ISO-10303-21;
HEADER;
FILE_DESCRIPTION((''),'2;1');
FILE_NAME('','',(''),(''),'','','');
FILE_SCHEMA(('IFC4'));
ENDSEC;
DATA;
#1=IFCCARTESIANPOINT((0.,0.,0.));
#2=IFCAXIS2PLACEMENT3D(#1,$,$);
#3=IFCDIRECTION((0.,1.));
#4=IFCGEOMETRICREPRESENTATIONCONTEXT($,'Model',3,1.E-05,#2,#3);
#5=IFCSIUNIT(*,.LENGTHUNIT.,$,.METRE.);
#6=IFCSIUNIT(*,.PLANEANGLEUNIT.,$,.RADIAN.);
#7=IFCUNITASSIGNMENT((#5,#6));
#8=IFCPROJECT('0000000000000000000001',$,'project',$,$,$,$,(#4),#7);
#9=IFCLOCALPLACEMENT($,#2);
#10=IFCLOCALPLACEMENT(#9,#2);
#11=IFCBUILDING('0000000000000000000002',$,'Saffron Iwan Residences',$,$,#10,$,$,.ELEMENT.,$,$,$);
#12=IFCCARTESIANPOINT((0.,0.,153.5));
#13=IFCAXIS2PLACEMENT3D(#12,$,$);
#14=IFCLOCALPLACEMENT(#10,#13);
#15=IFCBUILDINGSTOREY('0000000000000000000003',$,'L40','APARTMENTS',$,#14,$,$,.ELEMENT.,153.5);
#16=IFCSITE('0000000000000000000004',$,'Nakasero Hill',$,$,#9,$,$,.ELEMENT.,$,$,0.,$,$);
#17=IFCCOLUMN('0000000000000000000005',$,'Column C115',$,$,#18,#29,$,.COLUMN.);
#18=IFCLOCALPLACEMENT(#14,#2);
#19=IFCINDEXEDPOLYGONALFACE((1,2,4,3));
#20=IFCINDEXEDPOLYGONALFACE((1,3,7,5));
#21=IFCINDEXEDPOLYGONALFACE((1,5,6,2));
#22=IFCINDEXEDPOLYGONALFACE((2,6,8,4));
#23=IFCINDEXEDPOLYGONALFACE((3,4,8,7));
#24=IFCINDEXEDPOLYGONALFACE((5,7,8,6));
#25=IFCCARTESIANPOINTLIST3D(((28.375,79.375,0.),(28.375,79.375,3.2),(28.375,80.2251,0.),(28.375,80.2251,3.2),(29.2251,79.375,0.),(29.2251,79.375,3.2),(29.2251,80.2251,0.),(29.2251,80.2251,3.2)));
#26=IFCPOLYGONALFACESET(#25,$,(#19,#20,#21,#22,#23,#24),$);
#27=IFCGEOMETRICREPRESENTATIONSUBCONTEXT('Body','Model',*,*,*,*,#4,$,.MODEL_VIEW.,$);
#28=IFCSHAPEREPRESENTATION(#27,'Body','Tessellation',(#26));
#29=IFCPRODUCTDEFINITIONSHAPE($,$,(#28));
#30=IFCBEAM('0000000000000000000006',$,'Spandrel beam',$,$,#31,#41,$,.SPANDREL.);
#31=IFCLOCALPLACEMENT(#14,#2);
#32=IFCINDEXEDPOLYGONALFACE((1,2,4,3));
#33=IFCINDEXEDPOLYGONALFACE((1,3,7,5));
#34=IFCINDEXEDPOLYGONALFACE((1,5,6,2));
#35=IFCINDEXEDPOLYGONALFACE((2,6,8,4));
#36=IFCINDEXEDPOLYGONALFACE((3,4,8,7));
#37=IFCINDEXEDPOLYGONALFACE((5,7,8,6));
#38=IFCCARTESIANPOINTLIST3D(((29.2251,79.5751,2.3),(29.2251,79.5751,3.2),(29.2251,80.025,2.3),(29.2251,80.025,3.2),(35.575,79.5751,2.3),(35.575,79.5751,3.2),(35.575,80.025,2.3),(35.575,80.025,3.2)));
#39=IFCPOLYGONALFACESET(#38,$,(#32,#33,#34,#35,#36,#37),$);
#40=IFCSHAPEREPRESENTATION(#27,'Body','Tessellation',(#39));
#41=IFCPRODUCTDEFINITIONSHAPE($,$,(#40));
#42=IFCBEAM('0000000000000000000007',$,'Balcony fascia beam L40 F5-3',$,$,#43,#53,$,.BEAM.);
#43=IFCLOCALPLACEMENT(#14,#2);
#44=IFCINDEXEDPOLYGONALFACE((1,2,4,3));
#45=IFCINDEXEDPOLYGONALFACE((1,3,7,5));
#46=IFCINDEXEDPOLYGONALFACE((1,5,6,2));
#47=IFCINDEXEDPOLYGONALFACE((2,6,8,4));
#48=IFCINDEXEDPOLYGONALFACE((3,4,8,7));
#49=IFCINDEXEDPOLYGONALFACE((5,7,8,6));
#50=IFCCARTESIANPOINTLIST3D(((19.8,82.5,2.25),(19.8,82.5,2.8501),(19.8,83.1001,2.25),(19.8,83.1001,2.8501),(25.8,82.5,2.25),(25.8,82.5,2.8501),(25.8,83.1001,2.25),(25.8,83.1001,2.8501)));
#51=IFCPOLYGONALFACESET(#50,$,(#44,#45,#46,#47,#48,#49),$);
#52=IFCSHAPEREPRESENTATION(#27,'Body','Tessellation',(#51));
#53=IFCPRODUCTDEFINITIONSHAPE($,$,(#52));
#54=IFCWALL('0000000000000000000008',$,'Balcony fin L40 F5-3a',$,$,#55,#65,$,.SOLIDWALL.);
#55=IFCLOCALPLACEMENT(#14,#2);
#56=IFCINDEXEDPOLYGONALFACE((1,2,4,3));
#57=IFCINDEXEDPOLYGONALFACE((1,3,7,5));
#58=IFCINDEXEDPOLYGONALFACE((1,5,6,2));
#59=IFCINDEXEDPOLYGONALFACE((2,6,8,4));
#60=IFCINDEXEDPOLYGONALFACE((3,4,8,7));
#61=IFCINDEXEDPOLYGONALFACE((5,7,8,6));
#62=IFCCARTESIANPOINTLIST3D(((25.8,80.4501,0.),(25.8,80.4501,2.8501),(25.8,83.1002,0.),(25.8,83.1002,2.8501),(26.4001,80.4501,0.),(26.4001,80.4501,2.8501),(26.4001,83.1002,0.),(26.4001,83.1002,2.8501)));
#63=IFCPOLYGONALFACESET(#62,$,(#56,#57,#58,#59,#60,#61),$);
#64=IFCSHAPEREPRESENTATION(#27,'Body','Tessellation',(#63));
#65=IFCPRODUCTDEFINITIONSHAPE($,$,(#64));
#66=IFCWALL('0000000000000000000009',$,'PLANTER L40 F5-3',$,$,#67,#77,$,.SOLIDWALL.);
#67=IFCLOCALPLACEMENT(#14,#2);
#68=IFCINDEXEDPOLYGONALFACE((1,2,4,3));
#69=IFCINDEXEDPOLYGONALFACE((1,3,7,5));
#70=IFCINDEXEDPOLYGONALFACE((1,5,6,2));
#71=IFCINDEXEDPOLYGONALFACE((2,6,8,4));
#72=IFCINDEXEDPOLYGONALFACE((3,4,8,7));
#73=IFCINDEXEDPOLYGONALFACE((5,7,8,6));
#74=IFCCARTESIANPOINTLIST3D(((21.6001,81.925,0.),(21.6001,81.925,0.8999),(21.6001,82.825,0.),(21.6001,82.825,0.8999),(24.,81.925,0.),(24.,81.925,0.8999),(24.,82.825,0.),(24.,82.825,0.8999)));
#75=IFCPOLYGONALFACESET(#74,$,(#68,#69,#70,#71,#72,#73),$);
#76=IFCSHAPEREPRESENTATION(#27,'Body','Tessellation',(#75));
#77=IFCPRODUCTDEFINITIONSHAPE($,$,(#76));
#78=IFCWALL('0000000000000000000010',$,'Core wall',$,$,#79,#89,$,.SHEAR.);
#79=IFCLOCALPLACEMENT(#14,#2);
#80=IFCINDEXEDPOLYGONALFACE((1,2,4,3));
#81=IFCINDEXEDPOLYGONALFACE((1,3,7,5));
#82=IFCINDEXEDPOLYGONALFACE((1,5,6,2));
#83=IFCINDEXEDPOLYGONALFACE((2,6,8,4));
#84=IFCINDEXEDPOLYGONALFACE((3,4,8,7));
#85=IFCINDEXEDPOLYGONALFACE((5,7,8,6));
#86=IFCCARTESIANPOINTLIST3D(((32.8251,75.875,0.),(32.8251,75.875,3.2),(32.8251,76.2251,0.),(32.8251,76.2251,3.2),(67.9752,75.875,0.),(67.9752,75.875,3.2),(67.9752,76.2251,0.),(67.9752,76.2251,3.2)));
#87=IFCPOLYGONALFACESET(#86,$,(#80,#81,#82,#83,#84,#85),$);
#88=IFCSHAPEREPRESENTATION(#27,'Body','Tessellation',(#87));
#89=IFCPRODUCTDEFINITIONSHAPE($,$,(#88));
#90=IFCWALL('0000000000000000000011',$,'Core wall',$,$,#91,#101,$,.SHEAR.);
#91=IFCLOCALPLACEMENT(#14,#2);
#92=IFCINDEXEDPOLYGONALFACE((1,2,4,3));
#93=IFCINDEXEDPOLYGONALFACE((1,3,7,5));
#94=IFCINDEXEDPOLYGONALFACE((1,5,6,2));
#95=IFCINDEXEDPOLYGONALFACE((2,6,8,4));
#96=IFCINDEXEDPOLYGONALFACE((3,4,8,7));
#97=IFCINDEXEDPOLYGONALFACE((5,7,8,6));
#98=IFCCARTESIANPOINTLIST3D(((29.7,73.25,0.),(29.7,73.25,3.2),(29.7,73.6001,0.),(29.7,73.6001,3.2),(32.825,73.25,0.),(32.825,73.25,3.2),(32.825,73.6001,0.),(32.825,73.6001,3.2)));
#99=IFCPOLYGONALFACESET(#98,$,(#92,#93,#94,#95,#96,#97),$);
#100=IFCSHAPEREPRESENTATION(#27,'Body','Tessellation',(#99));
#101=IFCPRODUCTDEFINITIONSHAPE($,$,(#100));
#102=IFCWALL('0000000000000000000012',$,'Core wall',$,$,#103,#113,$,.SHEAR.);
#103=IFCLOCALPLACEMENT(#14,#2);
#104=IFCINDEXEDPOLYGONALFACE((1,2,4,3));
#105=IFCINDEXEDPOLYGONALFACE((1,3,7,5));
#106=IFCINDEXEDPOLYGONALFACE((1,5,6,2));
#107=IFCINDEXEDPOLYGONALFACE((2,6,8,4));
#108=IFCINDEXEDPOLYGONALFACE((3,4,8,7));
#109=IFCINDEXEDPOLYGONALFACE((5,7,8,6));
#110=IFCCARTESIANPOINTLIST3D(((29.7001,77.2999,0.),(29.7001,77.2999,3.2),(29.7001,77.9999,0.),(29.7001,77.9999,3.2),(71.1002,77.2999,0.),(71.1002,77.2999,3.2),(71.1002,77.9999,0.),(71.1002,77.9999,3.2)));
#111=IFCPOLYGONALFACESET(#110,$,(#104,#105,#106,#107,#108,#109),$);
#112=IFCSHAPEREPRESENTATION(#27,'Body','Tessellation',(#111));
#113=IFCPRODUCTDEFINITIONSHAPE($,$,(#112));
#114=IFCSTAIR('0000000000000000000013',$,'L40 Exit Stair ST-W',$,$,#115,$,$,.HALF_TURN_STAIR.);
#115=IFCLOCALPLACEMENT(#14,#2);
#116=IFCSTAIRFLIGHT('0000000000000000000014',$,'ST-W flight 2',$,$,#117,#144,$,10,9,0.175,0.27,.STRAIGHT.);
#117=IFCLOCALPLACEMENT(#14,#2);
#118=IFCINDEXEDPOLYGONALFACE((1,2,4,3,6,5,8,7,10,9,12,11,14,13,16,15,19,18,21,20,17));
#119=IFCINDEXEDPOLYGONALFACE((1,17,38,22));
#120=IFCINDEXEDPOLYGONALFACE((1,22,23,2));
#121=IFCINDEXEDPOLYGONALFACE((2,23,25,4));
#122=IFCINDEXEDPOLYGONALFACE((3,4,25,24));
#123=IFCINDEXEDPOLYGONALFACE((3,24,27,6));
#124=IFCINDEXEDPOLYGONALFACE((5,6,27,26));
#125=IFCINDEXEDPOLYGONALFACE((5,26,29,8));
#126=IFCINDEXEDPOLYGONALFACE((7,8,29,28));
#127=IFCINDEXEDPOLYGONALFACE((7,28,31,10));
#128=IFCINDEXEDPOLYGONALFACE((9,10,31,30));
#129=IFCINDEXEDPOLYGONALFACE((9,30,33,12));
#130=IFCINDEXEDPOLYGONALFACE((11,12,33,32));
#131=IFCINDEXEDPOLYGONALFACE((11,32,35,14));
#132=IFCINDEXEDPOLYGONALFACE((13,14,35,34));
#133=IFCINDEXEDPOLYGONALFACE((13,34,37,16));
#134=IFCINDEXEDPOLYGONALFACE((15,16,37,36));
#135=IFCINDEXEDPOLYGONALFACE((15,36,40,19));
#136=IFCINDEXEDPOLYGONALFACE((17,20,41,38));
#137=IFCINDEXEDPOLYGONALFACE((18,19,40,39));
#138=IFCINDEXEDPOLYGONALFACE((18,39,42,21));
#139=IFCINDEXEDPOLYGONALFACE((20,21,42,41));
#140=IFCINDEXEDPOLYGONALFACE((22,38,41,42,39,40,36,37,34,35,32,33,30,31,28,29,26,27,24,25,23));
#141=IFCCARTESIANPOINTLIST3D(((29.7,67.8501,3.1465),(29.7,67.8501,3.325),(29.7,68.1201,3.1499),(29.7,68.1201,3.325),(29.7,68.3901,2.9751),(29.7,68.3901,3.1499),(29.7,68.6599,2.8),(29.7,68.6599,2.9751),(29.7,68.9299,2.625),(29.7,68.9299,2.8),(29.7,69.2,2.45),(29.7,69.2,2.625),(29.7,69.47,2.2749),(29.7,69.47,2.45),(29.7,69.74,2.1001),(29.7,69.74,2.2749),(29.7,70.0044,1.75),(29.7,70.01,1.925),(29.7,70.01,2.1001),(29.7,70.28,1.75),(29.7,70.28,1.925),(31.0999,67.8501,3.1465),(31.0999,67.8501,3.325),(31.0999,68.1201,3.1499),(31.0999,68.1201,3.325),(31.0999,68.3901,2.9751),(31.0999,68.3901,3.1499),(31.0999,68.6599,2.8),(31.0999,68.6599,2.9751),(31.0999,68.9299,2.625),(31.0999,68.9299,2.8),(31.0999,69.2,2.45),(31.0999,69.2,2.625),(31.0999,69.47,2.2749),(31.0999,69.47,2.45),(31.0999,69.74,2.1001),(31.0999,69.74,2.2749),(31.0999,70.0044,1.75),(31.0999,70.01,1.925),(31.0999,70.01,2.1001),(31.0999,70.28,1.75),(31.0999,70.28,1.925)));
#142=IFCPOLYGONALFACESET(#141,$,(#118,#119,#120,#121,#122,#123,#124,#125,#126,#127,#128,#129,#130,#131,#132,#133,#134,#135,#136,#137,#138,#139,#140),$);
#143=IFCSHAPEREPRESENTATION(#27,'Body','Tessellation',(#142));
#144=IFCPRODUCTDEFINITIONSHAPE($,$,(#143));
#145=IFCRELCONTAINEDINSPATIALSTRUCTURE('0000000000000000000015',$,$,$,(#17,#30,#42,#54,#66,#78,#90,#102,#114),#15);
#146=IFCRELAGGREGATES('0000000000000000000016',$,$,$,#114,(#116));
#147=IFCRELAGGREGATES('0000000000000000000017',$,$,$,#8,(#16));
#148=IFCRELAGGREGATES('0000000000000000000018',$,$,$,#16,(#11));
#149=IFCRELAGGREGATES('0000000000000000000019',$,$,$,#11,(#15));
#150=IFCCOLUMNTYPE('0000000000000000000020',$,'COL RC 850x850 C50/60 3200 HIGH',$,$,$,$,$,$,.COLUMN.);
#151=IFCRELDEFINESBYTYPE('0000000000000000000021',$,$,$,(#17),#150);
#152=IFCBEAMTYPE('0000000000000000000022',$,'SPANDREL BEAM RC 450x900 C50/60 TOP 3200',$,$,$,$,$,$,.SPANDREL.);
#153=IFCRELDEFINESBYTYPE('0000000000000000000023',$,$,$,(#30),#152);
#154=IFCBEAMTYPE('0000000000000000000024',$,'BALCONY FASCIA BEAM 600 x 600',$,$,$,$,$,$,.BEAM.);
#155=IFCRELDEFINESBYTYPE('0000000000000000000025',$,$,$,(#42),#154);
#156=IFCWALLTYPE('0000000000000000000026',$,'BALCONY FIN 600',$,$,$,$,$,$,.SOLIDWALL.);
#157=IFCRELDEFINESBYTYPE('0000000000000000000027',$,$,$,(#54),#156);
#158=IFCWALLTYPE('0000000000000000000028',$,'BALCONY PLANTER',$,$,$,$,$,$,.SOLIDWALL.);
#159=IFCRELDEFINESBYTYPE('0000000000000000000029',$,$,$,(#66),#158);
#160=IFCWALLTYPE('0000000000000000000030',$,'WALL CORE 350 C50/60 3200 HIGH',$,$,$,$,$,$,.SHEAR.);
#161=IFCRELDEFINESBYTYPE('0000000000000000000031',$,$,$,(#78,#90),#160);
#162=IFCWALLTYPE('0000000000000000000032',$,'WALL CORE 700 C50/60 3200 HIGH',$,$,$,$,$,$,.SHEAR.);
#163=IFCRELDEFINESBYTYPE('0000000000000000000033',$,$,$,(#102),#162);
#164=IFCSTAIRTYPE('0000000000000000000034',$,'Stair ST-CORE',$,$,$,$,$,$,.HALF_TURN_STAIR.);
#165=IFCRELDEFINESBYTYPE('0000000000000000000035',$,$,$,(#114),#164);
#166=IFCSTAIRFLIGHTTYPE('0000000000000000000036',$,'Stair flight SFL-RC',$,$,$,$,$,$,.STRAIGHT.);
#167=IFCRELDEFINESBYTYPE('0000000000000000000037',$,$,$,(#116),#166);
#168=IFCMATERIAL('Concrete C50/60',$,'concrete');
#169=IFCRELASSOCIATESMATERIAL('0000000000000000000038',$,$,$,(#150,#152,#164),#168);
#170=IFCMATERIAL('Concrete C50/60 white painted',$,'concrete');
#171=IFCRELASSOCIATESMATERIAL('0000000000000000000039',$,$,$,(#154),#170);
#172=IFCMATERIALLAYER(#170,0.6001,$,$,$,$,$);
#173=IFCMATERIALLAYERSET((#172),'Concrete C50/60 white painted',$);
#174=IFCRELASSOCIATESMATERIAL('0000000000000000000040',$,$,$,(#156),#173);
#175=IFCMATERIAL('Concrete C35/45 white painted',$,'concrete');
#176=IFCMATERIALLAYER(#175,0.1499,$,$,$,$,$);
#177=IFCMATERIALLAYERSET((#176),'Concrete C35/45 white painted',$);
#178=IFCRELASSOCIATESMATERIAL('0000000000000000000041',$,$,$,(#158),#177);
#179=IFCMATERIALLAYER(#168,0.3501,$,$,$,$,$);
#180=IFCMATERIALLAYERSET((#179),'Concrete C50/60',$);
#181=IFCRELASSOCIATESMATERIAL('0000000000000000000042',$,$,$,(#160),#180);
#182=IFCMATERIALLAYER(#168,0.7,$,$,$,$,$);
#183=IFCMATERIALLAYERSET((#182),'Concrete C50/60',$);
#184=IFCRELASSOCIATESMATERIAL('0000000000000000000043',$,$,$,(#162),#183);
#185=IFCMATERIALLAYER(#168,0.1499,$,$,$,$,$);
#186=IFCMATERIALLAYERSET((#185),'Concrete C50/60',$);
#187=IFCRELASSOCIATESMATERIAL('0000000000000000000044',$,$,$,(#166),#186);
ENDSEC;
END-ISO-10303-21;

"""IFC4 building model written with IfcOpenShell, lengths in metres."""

from ifc_helpers import new_model, si_unit, direction, frame, frame_2d, origin, origin_2d, place, context, subcontext, project, spatial, polyline, rectangle, outline, extrude, source, transform, mapped, material, layer, layer_set, material_profile, profile_set, type_object, element, aggregate, save


model = new_model("IFC4")

# Units and contexts
model_context = context("Model", 3, precision=1e-05, world=origin(), true_north=direction((0.0, 1.0)))
body_context = subcontext(model_context, "Body", "Model", "MODEL_VIEW")
ifc_project = project(units=[si_unit("LENGTHUNIT", "METRE"), si_unit("PLANEANGLEUNIT", "RADIAN")], contexts=[model_context])

# Site, building, storey
site_placement = place(None, origin())
site = spatial("IfcSite", under=ifc_project, at=site_placement, Name="Nakasero Hill", CompositionType="ELEMENT", RefElevation=0.0)
building_placement = place(site_placement, origin())
building = spatial("IfcBuilding", under=site, at=building_placement, Name="Saffron Iwan Residences", CompositionType="ELEMENT")
storey_placement = place(building_placement, frame((0.0, 0.0, 153.5)))
storey = spatial("IfcBuildingStorey", under=building, at=storey_placement, Name="L40", Description="APARTMENTS", CompositionType="ELEMENT", Elevation=153.5)

# Column
ifc_material_1 = material(Name="Concrete C50/60", Category="concrete")
ifc_material_profile_1 = material_profile(ifc_material_1, rectangle(XDim=0.8501, YDim=0.8501, at=origin_2d()), Name="RC 850x850")
ifc_profile_set_1 = profile_set([ifc_material_profile_1], Name="Concrete C50/60")
column_type = type_object("IfcColumnType", Name="COL RC 850x850 C50/60 3200 HIGH", PredefinedType="COLUMN", material=ifc_profile_set_1)
shared_shape_1 = source(origin(), body_context, "Body", "SweptSolid", [
    extrude(rectangle(XDim=0.8501, YDim=0.8501, at=origin_2d()), origin(), (0.0, 0.0, 1.0), 3.2),
])
column_placement = place(storey_placement, frame((28.8, 79.8, 0.0), z_axis=(0.0, 0.0, 1.0), x_axis=(1.0, 0.0, 0.0)))
element("IfcColumn", 1, at=column_placement, inside=storey, type_object=column_type, Name="Column C115", PredefinedType="COLUMN", context=body_context, shape_type="MappedRepresentation", body=[
    mapped(shared_shape_1, transform((0.0, 0.0, 0.0))),
])

# Beams
ifc_material_profile_2 = material_profile(ifc_material_1, rectangle(XDim=0.45, YDim=0.8999, at=origin_2d()), Name="RC 450x900")
ifc_profile_set_2 = profile_set([ifc_material_profile_2], Name="Concrete C50/60")
beam_type_1 = type_object("IfcBeamType", Name="SPANDREL BEAM RC 450x900 C50/60 TOP 3200", PredefinedType="SPANDREL", material=ifc_profile_set_2)
shared_shape_2 = source(origin(), body_context, "Body", "SweptSolid", [
    extrude(rectangle(XDim=0.45, YDim=0.8999, at=origin_2d()), origin(), (0.0, 0.0, 1.0), 6.3499),
])
beam_1_placement = place(storey_placement, frame((29.2251, 79.8, 2.75), z_axis=(1.0, 0.0, 0.0), x_axis=(0.0, 1.0, 0.0)))
element("IfcBeam", 2, at=beam_1_placement, inside=storey, type_object=beam_type_1, Name="Spandrel beam", PredefinedType="SPANDREL", context=body_context, shape_type="MappedRepresentation", body=[
    mapped(shared_shape_2, transform((0.0, 0.0, 0.0))),
])
ifc_material_2 = material(Name="Concrete C50/60 white painted", Category="concrete")
ifc_material_profile_3 = material_profile(ifc_material_2, rectangle(XDim=0.6001, YDim=0.6001, at=origin_2d()), Name="BALCONY FASCIA BEAM 600 x 600")
ifc_profile_set_3 = profile_set([ifc_material_profile_3], Name="Concrete C50/60 white painted")
beam_type_2 = type_object("IfcBeamType", Name="BALCONY FASCIA BEAM 600 x 600", PredefinedType="BEAM", material=ifc_profile_set_3)
shared_shape_3 = source(origin(), body_context, "Body", "SweptSolid", [
    extrude(rectangle(XDim=0.6001, YDim=0.6001, at=origin_2d()), origin(), (0.0, 0.0, 1.0), 6.0),
])
beam_2_placement = place(storey_placement, frame((25.8, 82.8, 2.55), z_axis=(-1.0, 0.0, 0.0), x_axis=(0.0, -1.0, 0.0)))
element("IfcBeam", 3, at=beam_2_placement, inside=storey, type_object=beam_type_2, Name="Balcony fascia beam L40 F5-3", PredefinedType="BEAM", context=body_context, shape_type="MappedRepresentation", body=[
    mapped(shared_shape_3, transform((0.0, 0.0, 0.0))),
])

# Walls
ifc_layer_1 = layer(ifc_material_2, 0.6001)
ifc_layer_set_1 = layer_set([ifc_layer_1], Name="Concrete C50/60 white painted")
wall_type_1 = type_object("IfcWallType", Name="BALCONY FIN 600", PredefinedType="SOLIDWALL", material=ifc_layer_set_1)
wall_1_placement = place(storey_placement, frame((26.1001, 80.45, 0.0), z_axis=(0.0, 0.0, 1.0), x_axis=(0.0, 1.0, 0.0)))
element("IfcWall", 4, at=wall_1_placement, inside=storey, type_object=wall_type_1, Name="Balcony fin L40 F5-3a", PredefinedType="SOLIDWALL", context=body_context, shape_type="SweptSolid", body=[
    extrude(rectangle(XDim=2.6501, YDim=0.6001, at=frame_2d((1.3252, 0.0))), origin(), (0.0, 0.0, 1.0), 2.8501),
])
ifc_material_3 = material(Name="Concrete C35/45 white painted", Category="concrete")
ifc_layer_2 = layer(ifc_material_3, 0.1499)
ifc_layer_set_2 = layer_set([ifc_layer_2], Name="Concrete C35/45 white painted")
wall_type_2 = type_object("IfcWallType", Name="BALCONY PLANTER", PredefinedType="SOLIDWALL", material=ifc_layer_set_2)
wall_2_placement = place(storey_placement, frame((24.0, 82.375, 0.0), z_axis=(0.0, 0.0, 1.0), x_axis=(-1.0, 0.0, 0.0)))
element("IfcWall", 5, at=wall_2_placement, inside=storey, type_object=wall_type_2, Name="PLANTER L40 F5-3", PredefinedType="SOLIDWALL", context=body_context, shape_type="SweptSolid", body=[
    extrude(rectangle(XDim=2.3999, YDim=0.8999, at=frame_2d((1.2, 0.0))), origin(), (0.0, 0.0, 1.0), 0.8999),
])

# Shared definitions
ifc_layer_3 = layer(ifc_material_1, 0.3501)
ifc_layer_set_3 = layer_set([ifc_layer_3], Name="Concrete C50/60")
wall_type_3 = type_object("IfcWallType", Name="WALL CORE 350 C50/60 3200 HIGH", PredefinedType="SHEAR", material=ifc_layer_set_3)

# Walls
wall_3_placement = place(storey_placement, frame((32.825, 76.05, 0.0), z_axis=(0.0, 0.0, 1.0), x_axis=(1.0, 0.0, 0.0)))
element("IfcWall", 6, at=wall_3_placement, inside=storey, type_object=wall_type_3, Name="Core wall", PredefinedType="SHEAR", context=body_context, shape_type="SweptSolid", body=[
    extrude(rectangle(XDim=35.1501, YDim=0.3501, at=frame_2d((17.5752, 0.0))), origin(), (0.0, 0.0, 1.0), 3.2),
])
wall_4_placement = place(storey_placement, frame((29.7, 73.425, 0.0), z_axis=(0.0, 0.0, 1.0), x_axis=(1.0, 0.0, 0.0)))
element("IfcWall", 7, at=wall_4_placement, inside=storey, type_object=wall_type_3, Name="Core wall", PredefinedType="SHEAR", context=body_context, shape_type="SweptSolid", body=[
    extrude(rectangle(XDim=3.125, YDim=0.3501, at=frame_2d((1.5625, 0.0))), origin(), (0.0, 0.0, 1.0), 3.2),
])
ifc_layer_4 = layer(ifc_material_1, 0.7)
ifc_layer_set_4 = layer_set([ifc_layer_4], Name="Concrete C50/60")
wall_type_4 = type_object("IfcWallType", Name="WALL CORE 700 C50/60 3200 HIGH", PredefinedType="SHEAR", material=ifc_layer_set_4)
wall_5_placement = place(storey_placement, frame((29.7, 77.6499, 0.0), z_axis=(0.0, 0.0, 1.0), x_axis=(1.0, 0.0, 0.0)))
element("IfcWall", 8, at=wall_5_placement, inside=storey, type_object=wall_type_4, Name="Core wall", PredefinedType="SHEAR", context=body_context, shape_type="SweptSolid", body=[
    extrude(rectangle(XDim=41.4001, YDim=0.7, at=frame_2d((20.7002, 0.0))), origin(), (0.0, 0.0, 1.0), 3.2),
])

# Stair, stair flight
stair_type = type_object("IfcStairType", Name="Stair ST-CORE", PredefinedType="HALF_TURN_STAIR", material=ifc_material_1)
stair_placement = place(storey_placement, origin())
stair = element("IfcStair", 9, at=stair_placement, inside=storey, type_object=stair_type, Name="L40 Exit Stair ST-W", PredefinedType="HALF_TURN_STAIR")
ifc_layer_5 = layer(ifc_material_1, 0.1499)
ifc_layer_set_5 = layer_set([ifc_layer_5], Name="Concrete C50/60")
stair_flight_type = type_object("IfcStairFlightType", Name="Stair flight SFL-RC", PredefinedType="STRAIGHT", material=ifc_layer_set_5)
stair_flight_placement = place(storey_placement, frame((30.3999, 70.28, 1.75), z_axis=(0.0, 0.0, 1.0), x_axis=(0.0, -1.0, 0.0)))
stair_flight = element("IfcStairFlight", 10, at=stair_flight_placement, type_object=stair_flight_type, Name="ST-W flight 2", NumberOfRisers=10, NumberOfTreads=9, PredefinedType="STRAIGHT", RiserHeight=0.175, TreadLength=0.27, context=body_context, shape_type="SweptSolid", body=[
    extrude(outline(polyline([(0.0, 0.0), (0.0, 0.175), (0.27, 0.175), (0.27, 0.3501), (0.54, 0.3501), (0.54, 0.5249), (0.8101, 0.5249), (0.8101, 0.7), (1.0801, 0.7), (1.0801, 0.875), (1.3501, 0.875), (1.3501, 1.05), (1.6201, 1.05), (1.6201, 1.2251), (1.8899, 1.2251), (1.8899, 1.3999), (2.1599, 1.3999), (2.1599, 1.575), (2.4299, 1.575), (2.4299, 1.75), (2.4299, 1.3965), (0.2756, 0.0), (0.0, 0.0)])), frame((0.0, 0.7, 0.0), z_axis=(0.0, -1.0, 0.0), x_axis=(1.0, 0.0, 0.0)), (0.0, 0.0, 1.0), 1.3999),
])
aggregate(stair, [stair_flight])

save(model, "model.ifc")
